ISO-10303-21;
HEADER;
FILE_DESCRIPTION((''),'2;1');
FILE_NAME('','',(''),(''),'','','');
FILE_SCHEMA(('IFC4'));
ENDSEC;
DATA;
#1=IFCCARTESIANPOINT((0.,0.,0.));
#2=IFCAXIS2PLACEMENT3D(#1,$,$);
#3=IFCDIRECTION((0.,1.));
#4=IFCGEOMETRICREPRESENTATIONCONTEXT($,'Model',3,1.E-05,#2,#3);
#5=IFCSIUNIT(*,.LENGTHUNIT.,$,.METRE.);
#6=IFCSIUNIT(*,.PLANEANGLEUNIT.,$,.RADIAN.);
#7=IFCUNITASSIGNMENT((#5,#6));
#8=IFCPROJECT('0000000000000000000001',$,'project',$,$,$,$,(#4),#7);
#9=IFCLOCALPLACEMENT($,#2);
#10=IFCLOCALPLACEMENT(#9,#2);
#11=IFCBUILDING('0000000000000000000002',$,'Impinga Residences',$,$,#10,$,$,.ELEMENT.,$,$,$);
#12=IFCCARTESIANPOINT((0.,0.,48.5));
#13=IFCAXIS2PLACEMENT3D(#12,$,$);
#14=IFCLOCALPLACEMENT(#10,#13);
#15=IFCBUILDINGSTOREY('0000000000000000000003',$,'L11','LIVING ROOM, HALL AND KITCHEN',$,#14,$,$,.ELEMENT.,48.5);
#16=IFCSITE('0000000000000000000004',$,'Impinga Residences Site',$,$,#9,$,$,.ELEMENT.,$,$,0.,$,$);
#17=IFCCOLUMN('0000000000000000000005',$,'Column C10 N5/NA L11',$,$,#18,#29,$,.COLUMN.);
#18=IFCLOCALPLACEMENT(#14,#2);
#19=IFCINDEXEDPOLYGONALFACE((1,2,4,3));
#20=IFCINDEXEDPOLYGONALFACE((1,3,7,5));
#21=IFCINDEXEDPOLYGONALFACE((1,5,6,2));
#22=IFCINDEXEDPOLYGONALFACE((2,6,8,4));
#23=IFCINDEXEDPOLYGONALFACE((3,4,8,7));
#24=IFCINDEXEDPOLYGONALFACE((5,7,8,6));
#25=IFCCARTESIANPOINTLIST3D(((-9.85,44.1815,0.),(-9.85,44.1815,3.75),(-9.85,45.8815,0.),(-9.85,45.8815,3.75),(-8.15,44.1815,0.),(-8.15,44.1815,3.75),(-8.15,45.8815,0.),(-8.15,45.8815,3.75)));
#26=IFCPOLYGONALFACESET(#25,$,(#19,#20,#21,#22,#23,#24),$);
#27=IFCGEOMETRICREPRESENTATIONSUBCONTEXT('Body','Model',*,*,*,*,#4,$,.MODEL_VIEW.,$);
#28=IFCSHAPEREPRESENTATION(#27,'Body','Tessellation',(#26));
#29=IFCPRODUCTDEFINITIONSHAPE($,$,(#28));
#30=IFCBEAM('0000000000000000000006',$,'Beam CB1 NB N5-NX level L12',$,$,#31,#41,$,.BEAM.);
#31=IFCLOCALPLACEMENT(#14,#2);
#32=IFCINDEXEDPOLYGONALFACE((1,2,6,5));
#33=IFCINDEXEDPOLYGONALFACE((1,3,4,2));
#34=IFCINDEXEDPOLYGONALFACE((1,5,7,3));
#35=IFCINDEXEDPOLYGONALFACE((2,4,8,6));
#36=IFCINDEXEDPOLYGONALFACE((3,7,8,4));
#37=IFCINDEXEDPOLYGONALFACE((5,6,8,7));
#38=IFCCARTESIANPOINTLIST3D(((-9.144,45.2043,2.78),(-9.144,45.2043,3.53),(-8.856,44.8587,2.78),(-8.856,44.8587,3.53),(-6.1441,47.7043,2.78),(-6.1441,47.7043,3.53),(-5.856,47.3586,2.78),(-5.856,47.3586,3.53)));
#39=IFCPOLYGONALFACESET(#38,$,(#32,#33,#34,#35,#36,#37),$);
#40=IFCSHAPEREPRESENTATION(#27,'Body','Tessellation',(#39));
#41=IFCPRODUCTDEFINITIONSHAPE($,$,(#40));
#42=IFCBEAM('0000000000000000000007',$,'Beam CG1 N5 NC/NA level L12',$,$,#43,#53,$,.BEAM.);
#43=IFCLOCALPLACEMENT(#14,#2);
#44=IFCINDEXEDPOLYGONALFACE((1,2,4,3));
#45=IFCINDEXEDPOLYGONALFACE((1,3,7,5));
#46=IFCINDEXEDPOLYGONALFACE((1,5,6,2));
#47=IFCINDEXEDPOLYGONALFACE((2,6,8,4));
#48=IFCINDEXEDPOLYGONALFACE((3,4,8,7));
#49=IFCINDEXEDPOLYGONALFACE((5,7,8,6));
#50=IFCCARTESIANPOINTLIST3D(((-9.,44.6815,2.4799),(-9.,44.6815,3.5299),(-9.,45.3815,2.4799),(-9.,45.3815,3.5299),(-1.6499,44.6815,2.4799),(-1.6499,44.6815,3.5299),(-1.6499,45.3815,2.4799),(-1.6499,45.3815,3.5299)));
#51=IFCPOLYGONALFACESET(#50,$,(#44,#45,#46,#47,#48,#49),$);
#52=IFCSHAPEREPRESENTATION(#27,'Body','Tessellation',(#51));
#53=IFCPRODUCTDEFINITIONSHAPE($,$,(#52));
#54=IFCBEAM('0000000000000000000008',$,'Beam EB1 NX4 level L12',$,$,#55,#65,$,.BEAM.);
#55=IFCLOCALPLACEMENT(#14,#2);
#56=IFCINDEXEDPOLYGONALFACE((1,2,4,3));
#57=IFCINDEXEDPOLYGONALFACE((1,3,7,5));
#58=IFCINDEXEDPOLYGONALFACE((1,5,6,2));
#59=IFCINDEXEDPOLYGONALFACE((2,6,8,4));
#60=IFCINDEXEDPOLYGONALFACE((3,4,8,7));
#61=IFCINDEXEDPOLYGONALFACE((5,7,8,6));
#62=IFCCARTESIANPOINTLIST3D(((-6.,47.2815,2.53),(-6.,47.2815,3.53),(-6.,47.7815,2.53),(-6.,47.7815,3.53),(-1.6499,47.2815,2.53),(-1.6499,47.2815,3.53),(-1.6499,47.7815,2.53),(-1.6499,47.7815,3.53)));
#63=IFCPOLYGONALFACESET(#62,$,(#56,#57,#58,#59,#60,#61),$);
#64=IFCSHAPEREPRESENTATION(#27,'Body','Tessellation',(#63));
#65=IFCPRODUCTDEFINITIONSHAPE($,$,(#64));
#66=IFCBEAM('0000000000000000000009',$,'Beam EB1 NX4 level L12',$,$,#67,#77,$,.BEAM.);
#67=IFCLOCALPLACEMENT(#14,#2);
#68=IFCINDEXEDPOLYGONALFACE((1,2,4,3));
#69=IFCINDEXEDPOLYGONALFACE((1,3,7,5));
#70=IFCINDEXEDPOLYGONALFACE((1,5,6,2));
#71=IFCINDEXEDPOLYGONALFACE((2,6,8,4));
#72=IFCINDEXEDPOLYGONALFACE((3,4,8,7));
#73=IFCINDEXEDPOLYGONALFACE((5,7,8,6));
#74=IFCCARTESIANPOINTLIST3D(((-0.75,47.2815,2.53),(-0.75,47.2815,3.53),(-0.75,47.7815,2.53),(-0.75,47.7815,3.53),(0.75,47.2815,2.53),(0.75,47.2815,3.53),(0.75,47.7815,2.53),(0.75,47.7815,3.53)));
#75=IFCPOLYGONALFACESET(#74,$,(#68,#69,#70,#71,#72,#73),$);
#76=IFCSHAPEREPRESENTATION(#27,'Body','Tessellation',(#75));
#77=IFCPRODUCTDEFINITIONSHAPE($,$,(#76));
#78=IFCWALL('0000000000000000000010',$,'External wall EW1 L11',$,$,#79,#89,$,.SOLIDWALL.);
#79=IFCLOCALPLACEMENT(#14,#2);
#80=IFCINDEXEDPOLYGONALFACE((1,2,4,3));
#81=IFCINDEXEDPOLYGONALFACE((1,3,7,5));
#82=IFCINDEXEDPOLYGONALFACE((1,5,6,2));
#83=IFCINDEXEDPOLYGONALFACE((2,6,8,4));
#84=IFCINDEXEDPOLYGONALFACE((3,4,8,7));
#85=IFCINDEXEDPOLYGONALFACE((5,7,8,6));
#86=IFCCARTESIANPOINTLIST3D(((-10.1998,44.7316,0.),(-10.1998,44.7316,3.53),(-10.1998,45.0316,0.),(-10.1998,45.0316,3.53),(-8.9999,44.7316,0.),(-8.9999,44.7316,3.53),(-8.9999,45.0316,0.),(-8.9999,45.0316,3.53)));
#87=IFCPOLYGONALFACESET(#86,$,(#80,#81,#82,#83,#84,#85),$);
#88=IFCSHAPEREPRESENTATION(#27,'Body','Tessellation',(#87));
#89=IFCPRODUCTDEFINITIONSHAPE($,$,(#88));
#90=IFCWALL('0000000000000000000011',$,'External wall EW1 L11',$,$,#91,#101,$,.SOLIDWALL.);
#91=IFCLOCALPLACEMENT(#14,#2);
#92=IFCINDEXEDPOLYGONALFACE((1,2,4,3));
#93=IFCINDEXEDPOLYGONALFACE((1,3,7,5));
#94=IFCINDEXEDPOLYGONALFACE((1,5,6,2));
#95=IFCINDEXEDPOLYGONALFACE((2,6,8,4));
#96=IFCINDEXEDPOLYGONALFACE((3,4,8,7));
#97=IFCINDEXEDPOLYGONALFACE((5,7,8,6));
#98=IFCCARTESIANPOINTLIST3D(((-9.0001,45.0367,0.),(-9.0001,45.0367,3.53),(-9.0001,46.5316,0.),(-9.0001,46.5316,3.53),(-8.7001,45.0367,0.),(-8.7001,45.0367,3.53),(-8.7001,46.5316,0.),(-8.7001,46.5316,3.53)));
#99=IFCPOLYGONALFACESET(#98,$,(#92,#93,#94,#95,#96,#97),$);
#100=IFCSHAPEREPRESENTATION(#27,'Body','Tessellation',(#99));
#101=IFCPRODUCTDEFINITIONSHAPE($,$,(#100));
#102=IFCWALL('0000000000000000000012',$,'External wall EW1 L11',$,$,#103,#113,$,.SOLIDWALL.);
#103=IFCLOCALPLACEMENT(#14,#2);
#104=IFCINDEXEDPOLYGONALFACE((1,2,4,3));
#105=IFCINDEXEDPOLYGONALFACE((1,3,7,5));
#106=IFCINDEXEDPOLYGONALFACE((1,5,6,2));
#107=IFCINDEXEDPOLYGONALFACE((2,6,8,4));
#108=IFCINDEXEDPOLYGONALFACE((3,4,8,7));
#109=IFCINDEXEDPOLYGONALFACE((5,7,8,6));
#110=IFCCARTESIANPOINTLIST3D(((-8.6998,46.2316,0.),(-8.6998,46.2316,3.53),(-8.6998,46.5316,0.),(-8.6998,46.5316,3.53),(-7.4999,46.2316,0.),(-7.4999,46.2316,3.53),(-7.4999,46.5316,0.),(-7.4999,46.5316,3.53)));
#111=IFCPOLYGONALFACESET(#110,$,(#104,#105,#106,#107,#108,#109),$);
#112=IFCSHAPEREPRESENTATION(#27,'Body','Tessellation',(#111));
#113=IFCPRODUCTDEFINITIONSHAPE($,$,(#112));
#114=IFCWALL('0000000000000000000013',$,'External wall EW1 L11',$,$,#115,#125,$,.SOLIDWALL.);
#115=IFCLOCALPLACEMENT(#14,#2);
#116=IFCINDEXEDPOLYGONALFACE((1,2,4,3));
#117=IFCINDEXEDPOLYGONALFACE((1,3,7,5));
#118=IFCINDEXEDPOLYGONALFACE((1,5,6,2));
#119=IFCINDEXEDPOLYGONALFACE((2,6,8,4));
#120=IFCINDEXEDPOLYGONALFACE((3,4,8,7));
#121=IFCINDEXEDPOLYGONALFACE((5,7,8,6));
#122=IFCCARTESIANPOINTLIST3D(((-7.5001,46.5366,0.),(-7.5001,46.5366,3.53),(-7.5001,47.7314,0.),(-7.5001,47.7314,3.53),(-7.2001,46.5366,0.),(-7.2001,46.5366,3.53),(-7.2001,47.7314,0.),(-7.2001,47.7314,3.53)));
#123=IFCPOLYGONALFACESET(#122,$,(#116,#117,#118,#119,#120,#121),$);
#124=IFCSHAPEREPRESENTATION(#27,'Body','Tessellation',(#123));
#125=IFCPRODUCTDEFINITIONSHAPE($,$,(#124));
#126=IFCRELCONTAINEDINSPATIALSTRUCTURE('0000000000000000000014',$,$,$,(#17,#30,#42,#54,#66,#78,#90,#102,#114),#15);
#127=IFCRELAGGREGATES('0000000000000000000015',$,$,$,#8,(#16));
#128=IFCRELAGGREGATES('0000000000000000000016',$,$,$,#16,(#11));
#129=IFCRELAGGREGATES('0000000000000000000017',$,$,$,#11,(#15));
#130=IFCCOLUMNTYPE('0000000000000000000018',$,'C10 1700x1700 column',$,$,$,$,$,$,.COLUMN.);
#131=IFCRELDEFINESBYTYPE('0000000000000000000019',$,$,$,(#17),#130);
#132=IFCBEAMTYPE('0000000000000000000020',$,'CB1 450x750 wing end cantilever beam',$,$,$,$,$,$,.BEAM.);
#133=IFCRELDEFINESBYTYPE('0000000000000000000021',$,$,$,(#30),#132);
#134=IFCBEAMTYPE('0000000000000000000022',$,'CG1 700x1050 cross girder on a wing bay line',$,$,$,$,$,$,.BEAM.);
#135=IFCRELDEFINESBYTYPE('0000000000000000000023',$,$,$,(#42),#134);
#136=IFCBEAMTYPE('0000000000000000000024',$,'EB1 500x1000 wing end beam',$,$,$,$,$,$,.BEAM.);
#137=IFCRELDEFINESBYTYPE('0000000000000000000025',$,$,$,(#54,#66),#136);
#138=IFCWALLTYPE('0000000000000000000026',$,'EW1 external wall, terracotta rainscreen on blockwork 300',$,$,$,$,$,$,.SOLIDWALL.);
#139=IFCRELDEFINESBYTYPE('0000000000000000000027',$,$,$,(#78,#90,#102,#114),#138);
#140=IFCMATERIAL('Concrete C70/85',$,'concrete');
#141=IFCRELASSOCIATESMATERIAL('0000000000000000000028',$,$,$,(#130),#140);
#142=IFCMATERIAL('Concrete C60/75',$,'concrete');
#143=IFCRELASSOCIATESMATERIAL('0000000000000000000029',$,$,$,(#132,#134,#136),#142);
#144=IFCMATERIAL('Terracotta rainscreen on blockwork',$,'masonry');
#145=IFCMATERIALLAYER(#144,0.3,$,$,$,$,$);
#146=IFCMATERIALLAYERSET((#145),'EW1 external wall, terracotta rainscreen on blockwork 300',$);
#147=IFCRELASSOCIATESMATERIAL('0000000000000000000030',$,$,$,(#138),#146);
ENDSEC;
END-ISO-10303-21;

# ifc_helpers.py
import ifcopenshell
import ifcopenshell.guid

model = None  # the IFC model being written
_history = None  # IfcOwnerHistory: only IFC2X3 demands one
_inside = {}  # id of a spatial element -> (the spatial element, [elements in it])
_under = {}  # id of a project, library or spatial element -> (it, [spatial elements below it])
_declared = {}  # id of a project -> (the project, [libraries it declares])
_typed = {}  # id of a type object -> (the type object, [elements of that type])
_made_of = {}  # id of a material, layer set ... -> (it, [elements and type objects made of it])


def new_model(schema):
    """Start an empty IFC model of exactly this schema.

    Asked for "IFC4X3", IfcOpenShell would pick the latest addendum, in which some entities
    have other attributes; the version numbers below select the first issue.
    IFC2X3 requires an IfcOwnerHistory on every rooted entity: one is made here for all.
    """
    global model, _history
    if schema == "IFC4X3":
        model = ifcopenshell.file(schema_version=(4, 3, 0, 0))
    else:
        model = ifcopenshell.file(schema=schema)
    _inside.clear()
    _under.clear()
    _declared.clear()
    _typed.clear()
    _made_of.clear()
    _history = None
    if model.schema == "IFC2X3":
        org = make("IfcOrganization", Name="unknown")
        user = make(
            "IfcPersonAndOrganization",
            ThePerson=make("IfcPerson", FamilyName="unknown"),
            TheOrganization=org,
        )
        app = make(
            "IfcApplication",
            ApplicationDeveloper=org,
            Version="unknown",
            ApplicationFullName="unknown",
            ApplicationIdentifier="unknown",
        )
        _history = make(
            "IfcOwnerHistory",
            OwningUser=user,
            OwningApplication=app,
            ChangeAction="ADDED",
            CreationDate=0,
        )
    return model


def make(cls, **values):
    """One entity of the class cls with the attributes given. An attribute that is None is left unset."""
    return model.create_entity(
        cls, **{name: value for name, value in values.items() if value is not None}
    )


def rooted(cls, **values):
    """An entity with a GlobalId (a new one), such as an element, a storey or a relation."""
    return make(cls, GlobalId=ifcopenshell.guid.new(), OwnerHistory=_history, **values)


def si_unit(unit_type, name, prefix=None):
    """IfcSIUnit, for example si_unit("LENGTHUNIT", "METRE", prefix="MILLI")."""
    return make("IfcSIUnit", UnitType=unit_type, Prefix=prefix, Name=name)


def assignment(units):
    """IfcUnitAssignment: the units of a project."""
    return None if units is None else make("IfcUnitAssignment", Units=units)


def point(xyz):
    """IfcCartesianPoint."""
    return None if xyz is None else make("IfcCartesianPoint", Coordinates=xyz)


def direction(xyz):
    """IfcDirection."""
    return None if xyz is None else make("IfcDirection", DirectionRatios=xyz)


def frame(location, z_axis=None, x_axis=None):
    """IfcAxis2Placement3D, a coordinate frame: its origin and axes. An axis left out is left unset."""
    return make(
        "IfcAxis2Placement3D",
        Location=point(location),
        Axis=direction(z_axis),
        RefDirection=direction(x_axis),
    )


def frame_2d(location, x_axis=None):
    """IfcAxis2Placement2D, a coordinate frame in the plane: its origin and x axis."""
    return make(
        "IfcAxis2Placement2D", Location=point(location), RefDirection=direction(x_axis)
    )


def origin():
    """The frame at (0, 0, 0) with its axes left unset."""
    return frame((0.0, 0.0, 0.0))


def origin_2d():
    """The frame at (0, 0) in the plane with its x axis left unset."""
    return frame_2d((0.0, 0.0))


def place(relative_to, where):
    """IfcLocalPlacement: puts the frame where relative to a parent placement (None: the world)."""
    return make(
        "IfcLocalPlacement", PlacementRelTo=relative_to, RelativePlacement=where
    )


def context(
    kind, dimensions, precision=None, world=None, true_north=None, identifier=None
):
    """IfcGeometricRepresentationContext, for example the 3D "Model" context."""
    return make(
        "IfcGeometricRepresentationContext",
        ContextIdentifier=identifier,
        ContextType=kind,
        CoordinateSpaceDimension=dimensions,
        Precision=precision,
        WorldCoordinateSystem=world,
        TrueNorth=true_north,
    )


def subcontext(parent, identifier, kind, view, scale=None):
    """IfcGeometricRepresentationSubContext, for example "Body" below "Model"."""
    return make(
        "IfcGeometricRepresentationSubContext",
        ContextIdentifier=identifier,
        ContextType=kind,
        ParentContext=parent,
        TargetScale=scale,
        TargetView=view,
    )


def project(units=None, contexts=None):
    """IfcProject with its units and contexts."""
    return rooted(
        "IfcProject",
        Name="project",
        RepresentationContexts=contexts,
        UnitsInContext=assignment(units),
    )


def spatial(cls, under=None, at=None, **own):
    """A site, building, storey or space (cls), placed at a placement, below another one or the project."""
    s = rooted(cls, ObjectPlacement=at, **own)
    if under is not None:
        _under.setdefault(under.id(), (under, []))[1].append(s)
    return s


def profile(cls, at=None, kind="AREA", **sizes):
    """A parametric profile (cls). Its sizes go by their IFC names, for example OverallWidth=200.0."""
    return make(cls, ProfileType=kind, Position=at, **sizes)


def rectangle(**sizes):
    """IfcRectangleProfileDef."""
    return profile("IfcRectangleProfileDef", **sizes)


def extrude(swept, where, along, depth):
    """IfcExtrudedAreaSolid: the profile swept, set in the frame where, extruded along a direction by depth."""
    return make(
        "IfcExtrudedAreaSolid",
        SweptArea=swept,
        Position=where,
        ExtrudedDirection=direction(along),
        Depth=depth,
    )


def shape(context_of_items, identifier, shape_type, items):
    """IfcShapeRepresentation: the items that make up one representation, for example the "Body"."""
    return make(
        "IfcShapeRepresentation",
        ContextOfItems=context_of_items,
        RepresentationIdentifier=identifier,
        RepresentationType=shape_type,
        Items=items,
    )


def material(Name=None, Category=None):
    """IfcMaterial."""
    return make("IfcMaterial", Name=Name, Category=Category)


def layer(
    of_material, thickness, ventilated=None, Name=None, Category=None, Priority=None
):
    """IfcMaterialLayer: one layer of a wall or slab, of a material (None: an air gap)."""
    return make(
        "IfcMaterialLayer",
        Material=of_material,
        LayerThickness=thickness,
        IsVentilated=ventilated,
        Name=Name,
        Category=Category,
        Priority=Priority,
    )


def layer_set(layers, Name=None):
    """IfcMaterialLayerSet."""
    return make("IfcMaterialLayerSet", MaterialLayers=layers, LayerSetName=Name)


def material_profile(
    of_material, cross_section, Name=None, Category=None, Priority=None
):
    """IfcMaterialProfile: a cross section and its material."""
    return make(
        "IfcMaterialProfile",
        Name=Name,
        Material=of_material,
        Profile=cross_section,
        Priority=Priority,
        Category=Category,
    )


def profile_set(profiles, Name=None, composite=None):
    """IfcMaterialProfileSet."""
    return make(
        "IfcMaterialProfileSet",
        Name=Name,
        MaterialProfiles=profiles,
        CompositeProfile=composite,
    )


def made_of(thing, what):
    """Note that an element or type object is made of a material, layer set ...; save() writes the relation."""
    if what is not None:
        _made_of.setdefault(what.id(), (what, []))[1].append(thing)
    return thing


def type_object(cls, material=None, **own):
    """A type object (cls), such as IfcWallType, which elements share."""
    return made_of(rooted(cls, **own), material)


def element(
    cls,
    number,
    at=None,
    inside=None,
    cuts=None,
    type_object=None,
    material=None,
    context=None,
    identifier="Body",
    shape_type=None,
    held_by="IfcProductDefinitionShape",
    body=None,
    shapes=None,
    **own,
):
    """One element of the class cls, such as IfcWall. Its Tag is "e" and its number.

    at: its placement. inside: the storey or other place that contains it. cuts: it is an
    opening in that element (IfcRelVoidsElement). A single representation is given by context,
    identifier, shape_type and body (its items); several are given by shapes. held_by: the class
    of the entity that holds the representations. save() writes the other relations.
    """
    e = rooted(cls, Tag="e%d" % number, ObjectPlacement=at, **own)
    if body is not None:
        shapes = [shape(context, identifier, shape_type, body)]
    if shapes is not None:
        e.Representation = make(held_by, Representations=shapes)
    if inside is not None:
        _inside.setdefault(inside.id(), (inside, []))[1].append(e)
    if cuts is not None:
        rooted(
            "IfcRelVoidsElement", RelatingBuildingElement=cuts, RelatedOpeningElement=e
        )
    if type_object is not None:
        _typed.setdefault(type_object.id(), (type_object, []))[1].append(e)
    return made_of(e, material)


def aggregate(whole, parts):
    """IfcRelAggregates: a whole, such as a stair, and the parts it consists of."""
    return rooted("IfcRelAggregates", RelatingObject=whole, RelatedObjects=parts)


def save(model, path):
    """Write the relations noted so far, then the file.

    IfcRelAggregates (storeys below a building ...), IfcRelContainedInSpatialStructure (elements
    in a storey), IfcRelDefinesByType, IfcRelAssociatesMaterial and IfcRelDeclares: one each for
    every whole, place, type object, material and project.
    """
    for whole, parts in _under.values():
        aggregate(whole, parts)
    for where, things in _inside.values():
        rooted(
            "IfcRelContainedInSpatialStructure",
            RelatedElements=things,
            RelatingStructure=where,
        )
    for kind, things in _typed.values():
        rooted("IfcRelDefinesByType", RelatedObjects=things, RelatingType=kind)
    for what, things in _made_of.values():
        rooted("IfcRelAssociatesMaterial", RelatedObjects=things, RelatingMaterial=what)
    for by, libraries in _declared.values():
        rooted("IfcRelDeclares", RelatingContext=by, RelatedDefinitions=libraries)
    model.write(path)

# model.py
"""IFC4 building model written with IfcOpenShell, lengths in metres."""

from ifc_helpers import new_model, si_unit, direction, frame, frame_2d, origin, origin_2d, place, context, subcontext, project, spatial, rectangle, extrude, material, layer, layer_set, material_profile, profile_set, type_object, element, save


model = new_model("IFC4")

# Units and contexts
model_context = context("Model", 3, precision=1e-05, world=origin(), true_north=direction((0.0, 1.0)))
body_context = subcontext(model_context, "Body", "Model", "MODEL_VIEW")
ifc_project = project(units=[si_unit("LENGTHUNIT", "METRE"), si_unit("PLANEANGLEUNIT", "RADIAN")], contexts=[model_context])

# Site, building, storey
site_placement = place(None, origin())
site = spatial("IfcSite", under=ifc_project, at=site_placement, Name="Impinga Residences Site", CompositionType="ELEMENT", RefElevation=0.0)
building_placement = place(site_placement, origin())
building = spatial("IfcBuilding", under=site, at=building_placement, Name="Impinga Residences", CompositionType="ELEMENT")
storey_placement = place(building_placement, frame((0.0, 0.0, 48.5)))
storey = spatial("IfcBuildingStorey", under=building, at=storey_placement, Name="L11", Description="LIVING ROOM, HALL AND KITCHEN", CompositionType="ELEMENT", Elevation=48.5)

# Column
ifc_material_1 = material(Name="Concrete C70/85", Category="concrete")
ifc_material_profile_1 = material_profile(ifc_material_1, rectangle(XDim=1.7, YDim=1.7, at=origin_2d()), Name="RC 1700x1700")
ifc_profile_set_1 = profile_set([ifc_material_profile_1], Name="Concrete C70/85")
column_type = type_object("IfcColumnType", Name="C10 1700x1700 column", PredefinedType="COLUMN", material=ifc_profile_set_1)
column_placement = place(storey_placement, frame((-9.0, 45.0315, 0.0), z_axis=(0.0, 0.0, 1.0), x_axis=(1.0, 0.0, 0.0)))
element("IfcColumn", 1, at=column_placement, inside=storey, type_object=column_type, Name="Column C10 N5/NA L11", PredefinedType="COLUMN", context=body_context, shape_type="SweptSolid", body=[
    extrude(rectangle(XDim=1.7, YDim=1.7, at=origin_2d()), origin(), (0.0, 0.0, 1.0), 3.75),
])

# Beams
ifc_material_2 = material(Name="Concrete C60/75", Category="concrete")
ifc_material_profile_2 = material_profile(ifc_material_2, rectangle(XDim=0.45, YDim=0.75, at=origin_2d()), Name="RC 450x750")
ifc_profile_set_2 = profile_set([ifc_material_profile_2], Name="Concrete C60/75")
beam_type_1 = type_object("IfcBeamType", Name="CB1 450x750 wing end cantilever beam", PredefinedType="BEAM", material=ifc_profile_set_2)
beam_1_placement = place(storey_placement, frame((-9.0, 45.0315, 3.155), z_axis=(0.768221, 0.640184, 0.0), x_axis=(-0.640184, 0.768221, 0.0)))
element("IfcBeam", 2, at=beam_1_placement, inside=storey, type_object=beam_type_1, Name="Beam CB1 NB N5-NX level L12", PredefinedType="BEAM", context=body_context, shape_type="SweptSolid", body=[
    extrude(rectangle(XDim=0.45, YDim=0.75, at=origin_2d()), origin(), (0.0, 0.0, 1.0), 3.905),
])
ifc_material_profile_3 = material_profile(ifc_material_2, rectangle(XDim=0.7, YDim=1.05, at=origin_2d()), Name="RC 700x1050")
ifc_profile_set_3 = profile_set([ifc_material_profile_3], Name="Concrete C60/75")
beam_type_2 = type_object("IfcBeamType", Name="CG1 700x1050 cross girder on a wing bay line", PredefinedType="BEAM", material=ifc_profile_set_3)
beam_2_placement = place(storey_placement, frame((-1.6499, 45.0315, 3.0049), z_axis=(-1.0, 0.0, 0.0), x_axis=(0.0, -1.0, 0.0)))
element("IfcBeam", 3, at=beam_2_placement, inside=storey, type_object=beam_type_2, Name="Beam CG1 N5 NC/NA level L12", PredefinedType="BEAM", context=body_context, shape_type="SweptSolid", body=[
    extrude(rectangle(XDim=0.7, YDim=1.05, at=origin_2d()), origin(), (0.0, 0.0, 1.0), 7.3501),
])
ifc_material_profile_4 = material_profile(ifc_material_2, rectangle(XDim=0.5, YDim=1.0, at=origin_2d()), Name="RC 500x1000")
ifc_profile_set_4 = profile_set([ifc_material_profile_4], Name="Concrete C60/75")
beam_type_3 = type_object("IfcBeamType", Name="EB1 500x1000 wing end beam", PredefinedType="BEAM", material=ifc_profile_set_4)
beam_3_placement = place(storey_placement, frame((-6.0, 47.5315, 3.03), z_axis=(1.0, 0.0, 0.0), x_axis=(0.0, 1.0, 0.0)))
element("IfcBeam", 4, at=beam_3_placement, inside=storey, type_object=beam_type_3, Name="Beam EB1 NX4 level L12", PredefinedType="BEAM", context=body_context, shape_type="SweptSolid", body=[
    extrude(rectangle(XDim=0.5, YDim=1.0, at=origin_2d()), origin(), (0.0, 0.0, 1.0), 4.3501),
])
beam_4_placement = place(storey_placement, frame((-0.75, 47.5315, 3.03), z_axis=(1.0, 0.0, 0.0), x_axis=(0.0, 1.0, 0.0)))
element("IfcBeam", 5, at=beam_4_placement, inside=storey, type_object=beam_type_3, Name="Beam EB1 NX4 level L12", PredefinedType="BEAM", context=body_context, shape_type="SweptSolid", body=[
    extrude(rectangle(XDim=0.5, YDim=1.0, at=origin_2d()), origin(), (0.0, 0.0, 1.0), 1.5),
])

# Walls
ifc_material_3 = material(Name="Terracotta rainscreen on blockwork", Category="masonry")
ifc_layer_1 = layer(ifc_material_3, 0.3)
ifc_layer_set_1 = layer_set([ifc_layer_1], Name="EW1 external wall, terracotta rainscreen on blockwork 300")
wall_type_1 = type_object("IfcWallType", Name="EW1 external wall, terracotta rainscreen on blockwork 300", PredefinedType="SOLIDWALL", material=ifc_layer_set_1)
wall_1_placement = place(storey_placement, frame((-10.2, 44.8816, 0.0), z_axis=(0.0, 0.0, 1.0), x_axis=(1.0, 0.0, 0.0)))
element("IfcWall", 6, at=wall_1_placement, inside=storey, type_object=wall_type_1, Name="External wall EW1 L11", PredefinedType="SOLIDWALL", context=body_context, shape_type="SweptSolid", body=[
    extrude(rectangle(XDim=1.2, YDim=0.3, at=frame_2d((0.6001, 0.0))), origin(), (0.0, 0.0, 1.0), 3.53),
])
wall_2_placement = place(storey_placement, frame((-8.8501, 45.0366, 0.0), z_axis=(0.0, 0.0, 1.0), x_axis=(0.0, 1.0, 0.0)))
element("IfcWall", 7, at=wall_2_placement, inside=storey, type_object=wall_type_1, Name="External wall EW1 L11", PredefinedType="SOLIDWALL", context=body_context, shape_type="SweptSolid", body=[
    extrude(rectangle(XDim=1.4949, YDim=0.3, at=frame_2d((0.7476, 0.0))), origin(), (0.0, 0.0, 1.0), 3.53),
])
wall_3_placement = place(storey_placement, frame((-8.7, 46.3816, 0.0), z_axis=(0.0, 0.0, 1.0), x_axis=(1.0, 0.0, 0.0)))
element("IfcWall", 8, at=wall_3_placement, inside=storey, type_object=wall_type_1, Name="External wall EW1 L11", PredefinedType="SOLIDWALL", context=body_context, shape_type="SweptSolid", body=[
    extrude(rectangle(XDim=1.2, YDim=0.3, at=frame_2d((0.6001, 0.0))), origin(), (0.0, 0.0, 1.0), 3.53),
])
wall_4_placement = place(storey_placement, frame((-7.3501, 46.5366, 0.0), z_axis=(0.0, 0.0, 1.0), x_axis=(0.0, 1.0, 0.0)))
element("IfcWall", 9, at=wall_4_placement, inside=storey, type_object=wall_type_1, Name="External wall EW1 L11", PredefinedType="SOLIDWALL", context=body_context, shape_type="SweptSolid", body=[
    extrude(rectangle(XDim=1.1948, YDim=0.3, at=frame_2d((0.5974, 0.0))), origin(), (0.0, 0.0, 1.0), 3.53),
])

save(model, "model.ifc")
